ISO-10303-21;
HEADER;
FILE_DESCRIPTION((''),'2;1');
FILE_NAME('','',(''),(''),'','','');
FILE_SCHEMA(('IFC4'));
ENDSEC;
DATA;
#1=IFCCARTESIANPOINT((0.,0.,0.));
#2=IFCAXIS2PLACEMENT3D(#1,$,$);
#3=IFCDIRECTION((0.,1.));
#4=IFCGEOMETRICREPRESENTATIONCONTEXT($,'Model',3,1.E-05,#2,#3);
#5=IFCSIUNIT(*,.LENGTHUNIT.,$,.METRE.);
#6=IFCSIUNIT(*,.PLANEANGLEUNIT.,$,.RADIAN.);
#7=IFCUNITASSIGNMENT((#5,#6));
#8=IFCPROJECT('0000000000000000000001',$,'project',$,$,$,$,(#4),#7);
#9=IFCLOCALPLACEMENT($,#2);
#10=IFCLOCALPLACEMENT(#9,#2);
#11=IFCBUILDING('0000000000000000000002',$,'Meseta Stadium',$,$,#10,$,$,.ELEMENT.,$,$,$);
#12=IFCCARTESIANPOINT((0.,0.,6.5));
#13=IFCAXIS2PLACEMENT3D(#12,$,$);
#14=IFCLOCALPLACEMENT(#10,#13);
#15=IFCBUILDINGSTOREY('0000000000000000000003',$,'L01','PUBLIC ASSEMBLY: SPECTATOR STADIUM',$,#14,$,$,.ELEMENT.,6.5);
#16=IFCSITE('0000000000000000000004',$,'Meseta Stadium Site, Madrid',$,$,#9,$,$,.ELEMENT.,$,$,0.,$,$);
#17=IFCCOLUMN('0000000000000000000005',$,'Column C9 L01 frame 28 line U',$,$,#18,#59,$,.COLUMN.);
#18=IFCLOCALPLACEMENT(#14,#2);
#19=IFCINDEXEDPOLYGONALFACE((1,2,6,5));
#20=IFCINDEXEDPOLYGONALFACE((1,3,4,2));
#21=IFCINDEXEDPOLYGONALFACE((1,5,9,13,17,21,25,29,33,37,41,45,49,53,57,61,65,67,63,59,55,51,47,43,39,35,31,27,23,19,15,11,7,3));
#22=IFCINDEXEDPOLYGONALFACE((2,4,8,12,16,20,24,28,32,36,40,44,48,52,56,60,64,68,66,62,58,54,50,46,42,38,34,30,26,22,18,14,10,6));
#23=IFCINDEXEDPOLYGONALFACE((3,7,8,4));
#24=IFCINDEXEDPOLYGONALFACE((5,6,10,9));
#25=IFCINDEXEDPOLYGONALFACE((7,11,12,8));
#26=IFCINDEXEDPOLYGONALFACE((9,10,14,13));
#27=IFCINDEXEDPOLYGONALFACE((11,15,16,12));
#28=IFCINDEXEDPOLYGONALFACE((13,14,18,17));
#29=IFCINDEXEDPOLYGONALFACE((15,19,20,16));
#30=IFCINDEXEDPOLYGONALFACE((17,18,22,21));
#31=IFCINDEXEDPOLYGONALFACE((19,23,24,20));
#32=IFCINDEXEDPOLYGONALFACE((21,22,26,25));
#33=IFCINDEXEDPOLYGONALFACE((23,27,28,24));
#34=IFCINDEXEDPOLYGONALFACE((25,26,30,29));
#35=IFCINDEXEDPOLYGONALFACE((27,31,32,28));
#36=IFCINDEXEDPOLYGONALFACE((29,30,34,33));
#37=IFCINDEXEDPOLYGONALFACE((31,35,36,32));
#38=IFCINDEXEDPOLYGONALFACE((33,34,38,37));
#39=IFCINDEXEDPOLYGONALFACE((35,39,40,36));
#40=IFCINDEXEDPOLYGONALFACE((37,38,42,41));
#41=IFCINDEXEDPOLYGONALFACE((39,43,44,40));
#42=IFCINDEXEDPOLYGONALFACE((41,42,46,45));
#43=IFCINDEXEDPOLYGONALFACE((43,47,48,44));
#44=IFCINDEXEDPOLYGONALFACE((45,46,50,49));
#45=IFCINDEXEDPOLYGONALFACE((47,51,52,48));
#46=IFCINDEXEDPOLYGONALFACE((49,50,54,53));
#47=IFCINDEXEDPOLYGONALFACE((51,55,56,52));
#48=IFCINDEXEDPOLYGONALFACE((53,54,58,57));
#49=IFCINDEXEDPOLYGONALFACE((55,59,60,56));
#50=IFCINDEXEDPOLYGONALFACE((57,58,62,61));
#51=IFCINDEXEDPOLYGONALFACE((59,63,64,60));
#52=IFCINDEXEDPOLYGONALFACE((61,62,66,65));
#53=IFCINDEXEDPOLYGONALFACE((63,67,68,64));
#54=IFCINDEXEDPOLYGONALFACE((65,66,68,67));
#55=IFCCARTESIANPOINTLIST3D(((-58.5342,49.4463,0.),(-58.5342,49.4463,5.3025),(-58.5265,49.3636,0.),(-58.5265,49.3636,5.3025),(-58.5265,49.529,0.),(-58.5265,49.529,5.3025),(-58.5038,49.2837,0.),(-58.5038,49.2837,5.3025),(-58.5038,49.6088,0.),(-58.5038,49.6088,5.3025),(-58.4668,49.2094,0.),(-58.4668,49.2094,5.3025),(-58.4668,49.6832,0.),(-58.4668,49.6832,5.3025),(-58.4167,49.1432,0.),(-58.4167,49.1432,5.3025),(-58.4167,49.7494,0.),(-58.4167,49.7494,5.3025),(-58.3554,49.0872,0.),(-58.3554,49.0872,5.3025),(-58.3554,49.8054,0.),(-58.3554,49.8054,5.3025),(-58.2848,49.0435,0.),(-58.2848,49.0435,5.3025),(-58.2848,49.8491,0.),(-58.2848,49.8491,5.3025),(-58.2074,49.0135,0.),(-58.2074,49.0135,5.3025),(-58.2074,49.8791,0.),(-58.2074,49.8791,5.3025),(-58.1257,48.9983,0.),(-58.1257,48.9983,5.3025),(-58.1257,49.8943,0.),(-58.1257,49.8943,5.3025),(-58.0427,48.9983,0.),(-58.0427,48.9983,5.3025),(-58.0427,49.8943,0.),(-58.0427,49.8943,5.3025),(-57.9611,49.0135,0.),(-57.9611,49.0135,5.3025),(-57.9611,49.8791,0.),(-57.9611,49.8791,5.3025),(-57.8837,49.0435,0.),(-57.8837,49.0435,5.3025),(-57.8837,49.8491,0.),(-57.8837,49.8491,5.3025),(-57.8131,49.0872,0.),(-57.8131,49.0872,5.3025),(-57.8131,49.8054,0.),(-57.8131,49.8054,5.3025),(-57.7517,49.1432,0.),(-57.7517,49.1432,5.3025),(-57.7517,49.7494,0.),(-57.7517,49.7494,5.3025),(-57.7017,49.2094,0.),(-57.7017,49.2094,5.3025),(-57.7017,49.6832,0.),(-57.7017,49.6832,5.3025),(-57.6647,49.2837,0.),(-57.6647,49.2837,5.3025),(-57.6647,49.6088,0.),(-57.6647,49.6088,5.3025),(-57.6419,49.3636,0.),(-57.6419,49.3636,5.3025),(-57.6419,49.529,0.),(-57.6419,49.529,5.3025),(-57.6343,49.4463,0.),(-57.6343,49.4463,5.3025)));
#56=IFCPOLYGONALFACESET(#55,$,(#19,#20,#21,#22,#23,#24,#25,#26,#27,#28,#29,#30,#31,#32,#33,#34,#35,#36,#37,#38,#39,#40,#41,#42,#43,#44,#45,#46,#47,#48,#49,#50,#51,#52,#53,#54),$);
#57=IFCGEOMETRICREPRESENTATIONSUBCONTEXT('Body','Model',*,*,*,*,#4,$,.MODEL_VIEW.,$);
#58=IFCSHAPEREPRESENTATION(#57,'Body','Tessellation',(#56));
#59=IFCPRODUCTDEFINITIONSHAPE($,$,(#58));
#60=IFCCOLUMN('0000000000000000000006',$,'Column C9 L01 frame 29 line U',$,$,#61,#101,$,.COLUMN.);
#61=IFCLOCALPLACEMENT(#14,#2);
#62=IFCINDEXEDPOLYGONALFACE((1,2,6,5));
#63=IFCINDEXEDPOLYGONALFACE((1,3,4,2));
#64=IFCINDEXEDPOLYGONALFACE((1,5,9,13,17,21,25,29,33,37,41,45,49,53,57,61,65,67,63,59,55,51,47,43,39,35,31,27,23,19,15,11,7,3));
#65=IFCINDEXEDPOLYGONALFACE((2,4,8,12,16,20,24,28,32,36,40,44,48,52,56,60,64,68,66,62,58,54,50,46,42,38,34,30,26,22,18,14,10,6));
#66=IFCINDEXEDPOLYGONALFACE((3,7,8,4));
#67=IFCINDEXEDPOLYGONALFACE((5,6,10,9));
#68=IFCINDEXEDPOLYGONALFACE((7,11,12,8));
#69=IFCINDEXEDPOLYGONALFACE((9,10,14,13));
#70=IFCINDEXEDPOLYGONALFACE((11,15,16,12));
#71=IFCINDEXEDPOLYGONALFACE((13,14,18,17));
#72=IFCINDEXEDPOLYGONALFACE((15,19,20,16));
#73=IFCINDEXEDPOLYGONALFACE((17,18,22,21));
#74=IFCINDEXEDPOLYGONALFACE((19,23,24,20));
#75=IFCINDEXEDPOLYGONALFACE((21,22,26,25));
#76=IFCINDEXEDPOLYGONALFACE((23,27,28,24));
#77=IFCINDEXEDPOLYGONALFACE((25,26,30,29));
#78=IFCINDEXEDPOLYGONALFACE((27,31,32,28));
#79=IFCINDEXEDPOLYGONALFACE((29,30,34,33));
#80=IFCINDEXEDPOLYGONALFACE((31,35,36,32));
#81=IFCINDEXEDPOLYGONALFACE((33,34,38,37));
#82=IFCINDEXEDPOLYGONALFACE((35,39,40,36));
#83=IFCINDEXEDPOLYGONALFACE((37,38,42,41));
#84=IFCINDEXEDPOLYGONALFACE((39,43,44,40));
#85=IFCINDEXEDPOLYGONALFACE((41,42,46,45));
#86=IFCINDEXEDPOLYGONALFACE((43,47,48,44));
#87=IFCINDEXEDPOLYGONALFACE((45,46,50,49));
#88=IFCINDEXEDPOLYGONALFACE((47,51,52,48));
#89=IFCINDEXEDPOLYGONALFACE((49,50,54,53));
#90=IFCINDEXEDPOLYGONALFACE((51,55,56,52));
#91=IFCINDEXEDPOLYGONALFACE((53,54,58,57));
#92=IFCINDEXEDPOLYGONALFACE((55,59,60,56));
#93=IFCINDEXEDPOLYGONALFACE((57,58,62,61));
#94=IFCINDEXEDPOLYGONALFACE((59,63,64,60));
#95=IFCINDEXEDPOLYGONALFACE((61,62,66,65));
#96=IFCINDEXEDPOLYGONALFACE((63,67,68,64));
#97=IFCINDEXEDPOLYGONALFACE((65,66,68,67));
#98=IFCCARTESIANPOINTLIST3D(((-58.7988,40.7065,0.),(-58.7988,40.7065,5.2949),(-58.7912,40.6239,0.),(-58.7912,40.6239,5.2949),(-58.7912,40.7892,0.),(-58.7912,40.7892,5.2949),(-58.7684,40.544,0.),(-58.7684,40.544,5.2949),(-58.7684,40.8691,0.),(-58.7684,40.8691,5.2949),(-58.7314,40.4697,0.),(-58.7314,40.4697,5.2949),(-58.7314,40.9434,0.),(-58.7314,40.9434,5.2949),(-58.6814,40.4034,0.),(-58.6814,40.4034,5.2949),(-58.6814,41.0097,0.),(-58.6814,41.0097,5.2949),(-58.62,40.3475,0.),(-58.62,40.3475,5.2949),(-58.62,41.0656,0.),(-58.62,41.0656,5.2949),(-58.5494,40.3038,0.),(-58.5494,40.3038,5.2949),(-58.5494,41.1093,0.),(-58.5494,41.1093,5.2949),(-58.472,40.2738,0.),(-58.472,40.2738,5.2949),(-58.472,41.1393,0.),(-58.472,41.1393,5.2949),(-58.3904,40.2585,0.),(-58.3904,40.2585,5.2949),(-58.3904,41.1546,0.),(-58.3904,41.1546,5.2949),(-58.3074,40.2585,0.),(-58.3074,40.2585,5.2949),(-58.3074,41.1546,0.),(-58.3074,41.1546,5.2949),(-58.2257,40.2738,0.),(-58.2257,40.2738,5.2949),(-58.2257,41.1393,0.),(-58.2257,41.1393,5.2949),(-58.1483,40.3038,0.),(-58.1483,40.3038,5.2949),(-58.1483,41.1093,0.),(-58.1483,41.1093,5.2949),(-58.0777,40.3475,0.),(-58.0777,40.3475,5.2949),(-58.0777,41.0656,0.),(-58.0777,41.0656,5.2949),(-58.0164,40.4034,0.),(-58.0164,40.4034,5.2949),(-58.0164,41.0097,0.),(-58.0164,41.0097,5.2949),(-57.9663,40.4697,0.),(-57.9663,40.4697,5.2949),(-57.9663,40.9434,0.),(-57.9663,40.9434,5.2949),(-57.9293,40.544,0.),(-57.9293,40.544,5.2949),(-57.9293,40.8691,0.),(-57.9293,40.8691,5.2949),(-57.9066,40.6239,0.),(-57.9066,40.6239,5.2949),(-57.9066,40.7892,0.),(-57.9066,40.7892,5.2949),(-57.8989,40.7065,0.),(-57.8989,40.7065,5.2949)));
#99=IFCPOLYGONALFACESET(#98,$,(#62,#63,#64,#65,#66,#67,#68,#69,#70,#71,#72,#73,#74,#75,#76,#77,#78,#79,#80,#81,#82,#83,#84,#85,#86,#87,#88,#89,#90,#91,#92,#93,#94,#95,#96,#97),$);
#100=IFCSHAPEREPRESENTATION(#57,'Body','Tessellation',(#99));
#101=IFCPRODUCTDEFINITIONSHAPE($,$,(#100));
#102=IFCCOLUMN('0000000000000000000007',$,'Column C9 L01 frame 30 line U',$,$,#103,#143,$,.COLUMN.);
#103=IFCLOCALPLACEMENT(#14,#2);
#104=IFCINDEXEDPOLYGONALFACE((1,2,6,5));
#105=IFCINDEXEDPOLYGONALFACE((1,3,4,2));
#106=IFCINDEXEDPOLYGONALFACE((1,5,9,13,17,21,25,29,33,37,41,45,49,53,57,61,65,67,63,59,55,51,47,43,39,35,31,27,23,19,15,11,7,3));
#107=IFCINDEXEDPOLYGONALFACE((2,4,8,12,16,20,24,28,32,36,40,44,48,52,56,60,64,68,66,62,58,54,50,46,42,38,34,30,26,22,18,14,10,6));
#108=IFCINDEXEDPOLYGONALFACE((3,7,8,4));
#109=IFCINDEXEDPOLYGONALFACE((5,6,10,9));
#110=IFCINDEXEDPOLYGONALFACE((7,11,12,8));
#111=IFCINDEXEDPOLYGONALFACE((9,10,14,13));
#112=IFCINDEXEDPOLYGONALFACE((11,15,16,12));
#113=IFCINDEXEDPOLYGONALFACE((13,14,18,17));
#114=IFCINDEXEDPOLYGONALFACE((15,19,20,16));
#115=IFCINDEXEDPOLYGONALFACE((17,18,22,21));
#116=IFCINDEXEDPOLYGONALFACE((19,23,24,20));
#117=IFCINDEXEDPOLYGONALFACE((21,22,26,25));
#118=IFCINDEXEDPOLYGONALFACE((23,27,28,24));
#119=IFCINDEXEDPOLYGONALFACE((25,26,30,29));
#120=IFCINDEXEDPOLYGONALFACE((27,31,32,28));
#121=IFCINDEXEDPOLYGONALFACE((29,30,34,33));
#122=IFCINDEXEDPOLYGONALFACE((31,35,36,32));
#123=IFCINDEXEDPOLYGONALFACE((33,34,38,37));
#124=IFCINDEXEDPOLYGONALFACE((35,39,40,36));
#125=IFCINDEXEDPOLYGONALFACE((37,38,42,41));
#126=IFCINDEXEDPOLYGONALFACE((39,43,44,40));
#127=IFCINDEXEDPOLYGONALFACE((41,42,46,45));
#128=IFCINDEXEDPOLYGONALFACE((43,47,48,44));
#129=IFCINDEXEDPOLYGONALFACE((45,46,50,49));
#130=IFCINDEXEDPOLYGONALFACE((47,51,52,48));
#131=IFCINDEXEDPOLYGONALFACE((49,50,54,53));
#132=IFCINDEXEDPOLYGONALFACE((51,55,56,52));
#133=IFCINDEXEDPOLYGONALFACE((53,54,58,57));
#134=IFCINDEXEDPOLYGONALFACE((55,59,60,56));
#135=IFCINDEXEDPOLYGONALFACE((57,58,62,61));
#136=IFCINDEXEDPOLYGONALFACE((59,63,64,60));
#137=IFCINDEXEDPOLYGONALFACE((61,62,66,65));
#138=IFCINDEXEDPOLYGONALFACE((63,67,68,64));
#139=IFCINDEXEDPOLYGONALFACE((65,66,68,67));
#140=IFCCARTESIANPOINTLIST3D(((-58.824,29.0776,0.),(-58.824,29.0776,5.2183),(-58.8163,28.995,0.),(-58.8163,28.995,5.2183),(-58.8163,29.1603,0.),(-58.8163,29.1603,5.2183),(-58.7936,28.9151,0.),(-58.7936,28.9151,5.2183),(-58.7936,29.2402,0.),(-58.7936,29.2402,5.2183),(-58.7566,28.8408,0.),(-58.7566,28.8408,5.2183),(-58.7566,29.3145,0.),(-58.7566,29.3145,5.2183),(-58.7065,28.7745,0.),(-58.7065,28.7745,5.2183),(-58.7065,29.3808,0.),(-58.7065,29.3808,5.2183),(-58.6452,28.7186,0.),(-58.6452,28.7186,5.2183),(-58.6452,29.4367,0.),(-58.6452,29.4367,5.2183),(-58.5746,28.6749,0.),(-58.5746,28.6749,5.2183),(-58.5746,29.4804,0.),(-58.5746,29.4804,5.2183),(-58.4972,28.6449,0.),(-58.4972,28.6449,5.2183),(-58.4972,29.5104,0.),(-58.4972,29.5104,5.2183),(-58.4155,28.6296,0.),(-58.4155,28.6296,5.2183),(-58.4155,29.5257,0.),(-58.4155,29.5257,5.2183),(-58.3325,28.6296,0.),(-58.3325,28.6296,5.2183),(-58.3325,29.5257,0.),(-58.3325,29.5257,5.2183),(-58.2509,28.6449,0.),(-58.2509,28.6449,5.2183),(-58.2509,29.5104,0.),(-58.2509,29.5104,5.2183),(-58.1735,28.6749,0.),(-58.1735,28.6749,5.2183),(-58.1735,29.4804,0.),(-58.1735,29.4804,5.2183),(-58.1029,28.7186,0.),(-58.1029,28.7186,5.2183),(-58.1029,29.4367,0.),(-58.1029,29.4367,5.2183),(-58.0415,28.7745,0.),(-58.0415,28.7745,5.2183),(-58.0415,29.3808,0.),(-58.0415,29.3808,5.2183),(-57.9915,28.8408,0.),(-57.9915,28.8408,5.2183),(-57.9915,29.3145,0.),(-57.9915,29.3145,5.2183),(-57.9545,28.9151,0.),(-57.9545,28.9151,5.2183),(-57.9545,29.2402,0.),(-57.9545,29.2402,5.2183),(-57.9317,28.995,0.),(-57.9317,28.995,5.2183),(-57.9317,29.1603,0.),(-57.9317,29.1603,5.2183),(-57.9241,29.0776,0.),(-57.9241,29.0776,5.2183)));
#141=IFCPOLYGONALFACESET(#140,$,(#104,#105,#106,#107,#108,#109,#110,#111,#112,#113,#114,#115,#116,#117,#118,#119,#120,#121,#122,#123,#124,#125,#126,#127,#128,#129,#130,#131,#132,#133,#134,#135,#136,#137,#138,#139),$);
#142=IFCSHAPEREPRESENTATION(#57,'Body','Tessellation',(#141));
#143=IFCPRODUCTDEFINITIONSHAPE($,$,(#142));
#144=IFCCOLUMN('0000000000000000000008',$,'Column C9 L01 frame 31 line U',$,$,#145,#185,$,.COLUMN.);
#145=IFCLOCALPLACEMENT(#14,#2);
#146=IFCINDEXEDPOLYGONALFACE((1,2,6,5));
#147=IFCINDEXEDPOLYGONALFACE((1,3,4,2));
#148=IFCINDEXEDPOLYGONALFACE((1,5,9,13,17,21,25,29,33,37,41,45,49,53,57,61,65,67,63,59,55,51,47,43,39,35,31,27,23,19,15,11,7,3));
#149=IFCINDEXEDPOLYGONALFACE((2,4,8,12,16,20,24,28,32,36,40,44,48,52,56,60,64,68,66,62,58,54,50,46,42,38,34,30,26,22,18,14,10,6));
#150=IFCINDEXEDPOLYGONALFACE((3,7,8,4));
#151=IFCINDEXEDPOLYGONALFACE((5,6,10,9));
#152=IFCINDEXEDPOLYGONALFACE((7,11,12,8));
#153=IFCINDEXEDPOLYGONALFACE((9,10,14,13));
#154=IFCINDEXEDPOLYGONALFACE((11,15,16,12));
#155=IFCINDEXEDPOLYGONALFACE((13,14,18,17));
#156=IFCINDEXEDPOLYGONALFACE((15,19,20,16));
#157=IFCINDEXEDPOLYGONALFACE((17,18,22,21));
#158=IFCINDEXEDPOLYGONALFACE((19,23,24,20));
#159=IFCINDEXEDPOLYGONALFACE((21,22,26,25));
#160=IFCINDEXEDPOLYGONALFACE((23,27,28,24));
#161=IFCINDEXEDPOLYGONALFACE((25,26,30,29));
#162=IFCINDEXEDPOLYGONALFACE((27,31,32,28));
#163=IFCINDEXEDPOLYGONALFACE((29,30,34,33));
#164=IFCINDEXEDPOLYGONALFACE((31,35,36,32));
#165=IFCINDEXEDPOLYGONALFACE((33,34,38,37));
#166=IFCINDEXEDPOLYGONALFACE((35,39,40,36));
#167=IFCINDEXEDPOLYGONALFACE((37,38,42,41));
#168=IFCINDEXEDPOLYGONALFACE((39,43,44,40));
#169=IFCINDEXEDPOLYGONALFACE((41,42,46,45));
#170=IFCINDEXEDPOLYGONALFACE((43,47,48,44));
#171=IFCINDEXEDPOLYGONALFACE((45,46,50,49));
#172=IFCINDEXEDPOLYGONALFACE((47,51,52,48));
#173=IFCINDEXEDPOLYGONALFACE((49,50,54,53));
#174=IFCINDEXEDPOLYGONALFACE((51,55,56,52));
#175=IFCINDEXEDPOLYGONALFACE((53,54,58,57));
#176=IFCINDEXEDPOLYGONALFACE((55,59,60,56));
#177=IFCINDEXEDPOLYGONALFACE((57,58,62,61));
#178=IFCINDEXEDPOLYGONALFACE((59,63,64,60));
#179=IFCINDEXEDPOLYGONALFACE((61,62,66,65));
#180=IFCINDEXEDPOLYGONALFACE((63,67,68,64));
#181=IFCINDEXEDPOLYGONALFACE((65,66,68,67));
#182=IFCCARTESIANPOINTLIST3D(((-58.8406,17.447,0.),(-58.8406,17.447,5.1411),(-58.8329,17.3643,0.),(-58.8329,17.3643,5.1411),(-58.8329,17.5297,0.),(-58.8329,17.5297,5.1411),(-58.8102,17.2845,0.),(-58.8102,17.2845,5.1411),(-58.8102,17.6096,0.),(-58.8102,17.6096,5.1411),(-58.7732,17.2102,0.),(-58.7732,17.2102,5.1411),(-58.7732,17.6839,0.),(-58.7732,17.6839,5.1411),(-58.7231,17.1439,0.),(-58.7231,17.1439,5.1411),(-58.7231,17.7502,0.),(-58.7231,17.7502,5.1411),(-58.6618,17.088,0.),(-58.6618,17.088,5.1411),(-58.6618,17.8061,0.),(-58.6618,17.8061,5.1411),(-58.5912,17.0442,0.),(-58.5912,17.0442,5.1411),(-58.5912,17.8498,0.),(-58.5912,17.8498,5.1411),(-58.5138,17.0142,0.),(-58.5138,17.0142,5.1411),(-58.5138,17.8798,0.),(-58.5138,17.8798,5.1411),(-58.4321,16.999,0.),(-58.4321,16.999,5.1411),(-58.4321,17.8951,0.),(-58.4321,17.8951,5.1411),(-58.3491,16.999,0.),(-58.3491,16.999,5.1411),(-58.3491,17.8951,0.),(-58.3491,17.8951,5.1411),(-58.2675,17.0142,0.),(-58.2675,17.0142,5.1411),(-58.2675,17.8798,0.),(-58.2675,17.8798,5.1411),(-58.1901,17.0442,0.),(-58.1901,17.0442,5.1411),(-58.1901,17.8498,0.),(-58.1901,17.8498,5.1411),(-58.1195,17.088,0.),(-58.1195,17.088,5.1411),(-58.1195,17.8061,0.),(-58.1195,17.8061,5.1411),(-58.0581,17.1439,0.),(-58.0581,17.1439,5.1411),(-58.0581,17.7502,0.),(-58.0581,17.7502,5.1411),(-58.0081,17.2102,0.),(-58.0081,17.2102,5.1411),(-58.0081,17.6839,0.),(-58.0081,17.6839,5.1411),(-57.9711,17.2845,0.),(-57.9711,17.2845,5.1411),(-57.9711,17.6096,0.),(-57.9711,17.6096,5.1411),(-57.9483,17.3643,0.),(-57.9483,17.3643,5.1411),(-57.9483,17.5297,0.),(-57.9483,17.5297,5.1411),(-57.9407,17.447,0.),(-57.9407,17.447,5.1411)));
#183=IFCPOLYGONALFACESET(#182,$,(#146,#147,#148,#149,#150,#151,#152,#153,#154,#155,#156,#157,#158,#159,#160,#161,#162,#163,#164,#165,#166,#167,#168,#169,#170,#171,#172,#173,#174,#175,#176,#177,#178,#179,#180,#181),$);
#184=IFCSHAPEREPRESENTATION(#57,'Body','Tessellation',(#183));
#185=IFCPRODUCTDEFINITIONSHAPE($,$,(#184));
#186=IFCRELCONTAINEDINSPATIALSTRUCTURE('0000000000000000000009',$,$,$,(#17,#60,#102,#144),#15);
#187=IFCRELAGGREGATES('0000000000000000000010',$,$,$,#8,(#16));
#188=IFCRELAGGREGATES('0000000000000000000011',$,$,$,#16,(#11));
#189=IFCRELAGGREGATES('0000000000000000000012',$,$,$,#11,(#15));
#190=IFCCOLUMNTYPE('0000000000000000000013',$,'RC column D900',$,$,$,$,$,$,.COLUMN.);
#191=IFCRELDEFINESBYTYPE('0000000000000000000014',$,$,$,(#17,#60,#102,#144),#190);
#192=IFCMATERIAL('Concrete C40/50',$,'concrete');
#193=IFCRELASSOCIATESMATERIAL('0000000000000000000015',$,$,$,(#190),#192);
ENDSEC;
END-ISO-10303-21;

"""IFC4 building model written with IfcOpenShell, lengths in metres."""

from ifc_helpers import new_model, si_unit, direction, frame, origin, origin_2d, place, context, subcontext, project, spatial, circle, extrude, material, material_profile, profile_set, type_object, element, save


model = new_model("IFC4")

# Units and contexts
model_context = context("Model", 3, precision=1e-05, world=origin(), true_north=direction((0.0, 1.0)))
body_context = subcontext(model_context, "Body", "Model", "MODEL_VIEW")
ifc_project = project(units=[si_unit("LENGTHUNIT", "METRE"), si_unit("PLANEANGLEUNIT", "RADIAN")], contexts=[model_context])

# Site, building, storey
site_placement = place(None, origin())
site = spatial("IfcSite", under=ifc_project, at=site_placement, Name="Meseta Stadium Site, Madrid", CompositionType="ELEMENT", RefElevation=0.0)
building_placement = place(site_placement, origin())
building = spatial("IfcBuilding", under=site, at=building_placement, Name="Meseta Stadium", CompositionType="ELEMENT")
storey_placement = place(building_placement, frame((0.0, 0.0, 6.5)))
storey = spatial("IfcBuildingStorey", under=building, at=storey_placement, Name="L01", Description="PUBLIC ASSEMBLY: SPECTATOR STADIUM", CompositionType="ELEMENT", Elevation=6.5)

# Columns
ifc_material_1 = material(Name="Concrete C40/50", Category="concrete")
ifc_material_profile_1 = material_profile(ifc_material_1, circle(Radius=0.45, at=origin_2d()), Name="RC D900")
ifc_profile_set_1 = profile_set([ifc_material_profile_1], Name="Concrete C40/50")
column_type = type_object("IfcColumnType", Name="RC column D900", PredefinedType="COLUMN", material=ifc_profile_set_1)
column_1_placement = place(storey_placement, frame((-58.0842, 49.4463, 0.0), z_axis=(0.0, 0.0, 1.0), x_axis=(1.0, 0.0, 0.0)))
element("IfcColumn", 1, at=column_1_placement, inside=storey, type_object=column_type, Name="Column C9 L01 frame 28 line U", PredefinedType="COLUMN", context=body_context, shape_type="SweptSolid", body=[
    extrude(circle(Radius=0.45, at=origin_2d()), origin(), (0.0, 0.0, 1.0), 5.3025),
])
column_2_placement = place(storey_placement, frame((-58.3489, 40.7065, 0.0), z_axis=(0.0, 0.0, 1.0), x_axis=(1.0, 0.0, 0.0)))
element("IfcColumn", 2, at=column_2_placement, inside=storey, type_object=column_type, Name="Column C9 L01 frame 29 line U", PredefinedType="COLUMN", context=body_context, shape_type="SweptSolid", body=[
    extrude(circle(Radius=0.45, at=origin_2d()), origin(), (0.0, 0.0, 1.0), 5.2949),
])
column_3_placement = place(storey_placement, frame((-58.374, 29.0776, 0.0), z_axis=(0.0, 0.0, 1.0), x_axis=(1.0, 0.0, 0.0)))
element("IfcColumn", 3, at=column_3_placement, inside=storey, type_object=column_type, Name="Column C9 L01 frame 30 line U", PredefinedType="COLUMN", context=body_context, shape_type="SweptSolid", body=[
    extrude(circle(Radius=0.45, at=origin_2d()), origin(), (0.0, 0.0, 1.0), 5.2183),
])
column_4_placement = place(storey_placement, frame((-58.3906, 17.447, 0.0), z_axis=(0.0, 0.0, 1.0), x_axis=(1.0, 0.0, 0.0)))
element("IfcColumn", 4, at=column_4_placement, inside=storey, type_object=column_type, Name="Column C9 L01 frame 31 line U", PredefinedType="COLUMN", context=body_context, shape_type="SweptSolid", body=[
    extrude(circle(Radius=0.45, at=origin_2d()), origin(), (0.0, 0.0, 1.0), 5.1411),
])

save(model, "model.ifc")
